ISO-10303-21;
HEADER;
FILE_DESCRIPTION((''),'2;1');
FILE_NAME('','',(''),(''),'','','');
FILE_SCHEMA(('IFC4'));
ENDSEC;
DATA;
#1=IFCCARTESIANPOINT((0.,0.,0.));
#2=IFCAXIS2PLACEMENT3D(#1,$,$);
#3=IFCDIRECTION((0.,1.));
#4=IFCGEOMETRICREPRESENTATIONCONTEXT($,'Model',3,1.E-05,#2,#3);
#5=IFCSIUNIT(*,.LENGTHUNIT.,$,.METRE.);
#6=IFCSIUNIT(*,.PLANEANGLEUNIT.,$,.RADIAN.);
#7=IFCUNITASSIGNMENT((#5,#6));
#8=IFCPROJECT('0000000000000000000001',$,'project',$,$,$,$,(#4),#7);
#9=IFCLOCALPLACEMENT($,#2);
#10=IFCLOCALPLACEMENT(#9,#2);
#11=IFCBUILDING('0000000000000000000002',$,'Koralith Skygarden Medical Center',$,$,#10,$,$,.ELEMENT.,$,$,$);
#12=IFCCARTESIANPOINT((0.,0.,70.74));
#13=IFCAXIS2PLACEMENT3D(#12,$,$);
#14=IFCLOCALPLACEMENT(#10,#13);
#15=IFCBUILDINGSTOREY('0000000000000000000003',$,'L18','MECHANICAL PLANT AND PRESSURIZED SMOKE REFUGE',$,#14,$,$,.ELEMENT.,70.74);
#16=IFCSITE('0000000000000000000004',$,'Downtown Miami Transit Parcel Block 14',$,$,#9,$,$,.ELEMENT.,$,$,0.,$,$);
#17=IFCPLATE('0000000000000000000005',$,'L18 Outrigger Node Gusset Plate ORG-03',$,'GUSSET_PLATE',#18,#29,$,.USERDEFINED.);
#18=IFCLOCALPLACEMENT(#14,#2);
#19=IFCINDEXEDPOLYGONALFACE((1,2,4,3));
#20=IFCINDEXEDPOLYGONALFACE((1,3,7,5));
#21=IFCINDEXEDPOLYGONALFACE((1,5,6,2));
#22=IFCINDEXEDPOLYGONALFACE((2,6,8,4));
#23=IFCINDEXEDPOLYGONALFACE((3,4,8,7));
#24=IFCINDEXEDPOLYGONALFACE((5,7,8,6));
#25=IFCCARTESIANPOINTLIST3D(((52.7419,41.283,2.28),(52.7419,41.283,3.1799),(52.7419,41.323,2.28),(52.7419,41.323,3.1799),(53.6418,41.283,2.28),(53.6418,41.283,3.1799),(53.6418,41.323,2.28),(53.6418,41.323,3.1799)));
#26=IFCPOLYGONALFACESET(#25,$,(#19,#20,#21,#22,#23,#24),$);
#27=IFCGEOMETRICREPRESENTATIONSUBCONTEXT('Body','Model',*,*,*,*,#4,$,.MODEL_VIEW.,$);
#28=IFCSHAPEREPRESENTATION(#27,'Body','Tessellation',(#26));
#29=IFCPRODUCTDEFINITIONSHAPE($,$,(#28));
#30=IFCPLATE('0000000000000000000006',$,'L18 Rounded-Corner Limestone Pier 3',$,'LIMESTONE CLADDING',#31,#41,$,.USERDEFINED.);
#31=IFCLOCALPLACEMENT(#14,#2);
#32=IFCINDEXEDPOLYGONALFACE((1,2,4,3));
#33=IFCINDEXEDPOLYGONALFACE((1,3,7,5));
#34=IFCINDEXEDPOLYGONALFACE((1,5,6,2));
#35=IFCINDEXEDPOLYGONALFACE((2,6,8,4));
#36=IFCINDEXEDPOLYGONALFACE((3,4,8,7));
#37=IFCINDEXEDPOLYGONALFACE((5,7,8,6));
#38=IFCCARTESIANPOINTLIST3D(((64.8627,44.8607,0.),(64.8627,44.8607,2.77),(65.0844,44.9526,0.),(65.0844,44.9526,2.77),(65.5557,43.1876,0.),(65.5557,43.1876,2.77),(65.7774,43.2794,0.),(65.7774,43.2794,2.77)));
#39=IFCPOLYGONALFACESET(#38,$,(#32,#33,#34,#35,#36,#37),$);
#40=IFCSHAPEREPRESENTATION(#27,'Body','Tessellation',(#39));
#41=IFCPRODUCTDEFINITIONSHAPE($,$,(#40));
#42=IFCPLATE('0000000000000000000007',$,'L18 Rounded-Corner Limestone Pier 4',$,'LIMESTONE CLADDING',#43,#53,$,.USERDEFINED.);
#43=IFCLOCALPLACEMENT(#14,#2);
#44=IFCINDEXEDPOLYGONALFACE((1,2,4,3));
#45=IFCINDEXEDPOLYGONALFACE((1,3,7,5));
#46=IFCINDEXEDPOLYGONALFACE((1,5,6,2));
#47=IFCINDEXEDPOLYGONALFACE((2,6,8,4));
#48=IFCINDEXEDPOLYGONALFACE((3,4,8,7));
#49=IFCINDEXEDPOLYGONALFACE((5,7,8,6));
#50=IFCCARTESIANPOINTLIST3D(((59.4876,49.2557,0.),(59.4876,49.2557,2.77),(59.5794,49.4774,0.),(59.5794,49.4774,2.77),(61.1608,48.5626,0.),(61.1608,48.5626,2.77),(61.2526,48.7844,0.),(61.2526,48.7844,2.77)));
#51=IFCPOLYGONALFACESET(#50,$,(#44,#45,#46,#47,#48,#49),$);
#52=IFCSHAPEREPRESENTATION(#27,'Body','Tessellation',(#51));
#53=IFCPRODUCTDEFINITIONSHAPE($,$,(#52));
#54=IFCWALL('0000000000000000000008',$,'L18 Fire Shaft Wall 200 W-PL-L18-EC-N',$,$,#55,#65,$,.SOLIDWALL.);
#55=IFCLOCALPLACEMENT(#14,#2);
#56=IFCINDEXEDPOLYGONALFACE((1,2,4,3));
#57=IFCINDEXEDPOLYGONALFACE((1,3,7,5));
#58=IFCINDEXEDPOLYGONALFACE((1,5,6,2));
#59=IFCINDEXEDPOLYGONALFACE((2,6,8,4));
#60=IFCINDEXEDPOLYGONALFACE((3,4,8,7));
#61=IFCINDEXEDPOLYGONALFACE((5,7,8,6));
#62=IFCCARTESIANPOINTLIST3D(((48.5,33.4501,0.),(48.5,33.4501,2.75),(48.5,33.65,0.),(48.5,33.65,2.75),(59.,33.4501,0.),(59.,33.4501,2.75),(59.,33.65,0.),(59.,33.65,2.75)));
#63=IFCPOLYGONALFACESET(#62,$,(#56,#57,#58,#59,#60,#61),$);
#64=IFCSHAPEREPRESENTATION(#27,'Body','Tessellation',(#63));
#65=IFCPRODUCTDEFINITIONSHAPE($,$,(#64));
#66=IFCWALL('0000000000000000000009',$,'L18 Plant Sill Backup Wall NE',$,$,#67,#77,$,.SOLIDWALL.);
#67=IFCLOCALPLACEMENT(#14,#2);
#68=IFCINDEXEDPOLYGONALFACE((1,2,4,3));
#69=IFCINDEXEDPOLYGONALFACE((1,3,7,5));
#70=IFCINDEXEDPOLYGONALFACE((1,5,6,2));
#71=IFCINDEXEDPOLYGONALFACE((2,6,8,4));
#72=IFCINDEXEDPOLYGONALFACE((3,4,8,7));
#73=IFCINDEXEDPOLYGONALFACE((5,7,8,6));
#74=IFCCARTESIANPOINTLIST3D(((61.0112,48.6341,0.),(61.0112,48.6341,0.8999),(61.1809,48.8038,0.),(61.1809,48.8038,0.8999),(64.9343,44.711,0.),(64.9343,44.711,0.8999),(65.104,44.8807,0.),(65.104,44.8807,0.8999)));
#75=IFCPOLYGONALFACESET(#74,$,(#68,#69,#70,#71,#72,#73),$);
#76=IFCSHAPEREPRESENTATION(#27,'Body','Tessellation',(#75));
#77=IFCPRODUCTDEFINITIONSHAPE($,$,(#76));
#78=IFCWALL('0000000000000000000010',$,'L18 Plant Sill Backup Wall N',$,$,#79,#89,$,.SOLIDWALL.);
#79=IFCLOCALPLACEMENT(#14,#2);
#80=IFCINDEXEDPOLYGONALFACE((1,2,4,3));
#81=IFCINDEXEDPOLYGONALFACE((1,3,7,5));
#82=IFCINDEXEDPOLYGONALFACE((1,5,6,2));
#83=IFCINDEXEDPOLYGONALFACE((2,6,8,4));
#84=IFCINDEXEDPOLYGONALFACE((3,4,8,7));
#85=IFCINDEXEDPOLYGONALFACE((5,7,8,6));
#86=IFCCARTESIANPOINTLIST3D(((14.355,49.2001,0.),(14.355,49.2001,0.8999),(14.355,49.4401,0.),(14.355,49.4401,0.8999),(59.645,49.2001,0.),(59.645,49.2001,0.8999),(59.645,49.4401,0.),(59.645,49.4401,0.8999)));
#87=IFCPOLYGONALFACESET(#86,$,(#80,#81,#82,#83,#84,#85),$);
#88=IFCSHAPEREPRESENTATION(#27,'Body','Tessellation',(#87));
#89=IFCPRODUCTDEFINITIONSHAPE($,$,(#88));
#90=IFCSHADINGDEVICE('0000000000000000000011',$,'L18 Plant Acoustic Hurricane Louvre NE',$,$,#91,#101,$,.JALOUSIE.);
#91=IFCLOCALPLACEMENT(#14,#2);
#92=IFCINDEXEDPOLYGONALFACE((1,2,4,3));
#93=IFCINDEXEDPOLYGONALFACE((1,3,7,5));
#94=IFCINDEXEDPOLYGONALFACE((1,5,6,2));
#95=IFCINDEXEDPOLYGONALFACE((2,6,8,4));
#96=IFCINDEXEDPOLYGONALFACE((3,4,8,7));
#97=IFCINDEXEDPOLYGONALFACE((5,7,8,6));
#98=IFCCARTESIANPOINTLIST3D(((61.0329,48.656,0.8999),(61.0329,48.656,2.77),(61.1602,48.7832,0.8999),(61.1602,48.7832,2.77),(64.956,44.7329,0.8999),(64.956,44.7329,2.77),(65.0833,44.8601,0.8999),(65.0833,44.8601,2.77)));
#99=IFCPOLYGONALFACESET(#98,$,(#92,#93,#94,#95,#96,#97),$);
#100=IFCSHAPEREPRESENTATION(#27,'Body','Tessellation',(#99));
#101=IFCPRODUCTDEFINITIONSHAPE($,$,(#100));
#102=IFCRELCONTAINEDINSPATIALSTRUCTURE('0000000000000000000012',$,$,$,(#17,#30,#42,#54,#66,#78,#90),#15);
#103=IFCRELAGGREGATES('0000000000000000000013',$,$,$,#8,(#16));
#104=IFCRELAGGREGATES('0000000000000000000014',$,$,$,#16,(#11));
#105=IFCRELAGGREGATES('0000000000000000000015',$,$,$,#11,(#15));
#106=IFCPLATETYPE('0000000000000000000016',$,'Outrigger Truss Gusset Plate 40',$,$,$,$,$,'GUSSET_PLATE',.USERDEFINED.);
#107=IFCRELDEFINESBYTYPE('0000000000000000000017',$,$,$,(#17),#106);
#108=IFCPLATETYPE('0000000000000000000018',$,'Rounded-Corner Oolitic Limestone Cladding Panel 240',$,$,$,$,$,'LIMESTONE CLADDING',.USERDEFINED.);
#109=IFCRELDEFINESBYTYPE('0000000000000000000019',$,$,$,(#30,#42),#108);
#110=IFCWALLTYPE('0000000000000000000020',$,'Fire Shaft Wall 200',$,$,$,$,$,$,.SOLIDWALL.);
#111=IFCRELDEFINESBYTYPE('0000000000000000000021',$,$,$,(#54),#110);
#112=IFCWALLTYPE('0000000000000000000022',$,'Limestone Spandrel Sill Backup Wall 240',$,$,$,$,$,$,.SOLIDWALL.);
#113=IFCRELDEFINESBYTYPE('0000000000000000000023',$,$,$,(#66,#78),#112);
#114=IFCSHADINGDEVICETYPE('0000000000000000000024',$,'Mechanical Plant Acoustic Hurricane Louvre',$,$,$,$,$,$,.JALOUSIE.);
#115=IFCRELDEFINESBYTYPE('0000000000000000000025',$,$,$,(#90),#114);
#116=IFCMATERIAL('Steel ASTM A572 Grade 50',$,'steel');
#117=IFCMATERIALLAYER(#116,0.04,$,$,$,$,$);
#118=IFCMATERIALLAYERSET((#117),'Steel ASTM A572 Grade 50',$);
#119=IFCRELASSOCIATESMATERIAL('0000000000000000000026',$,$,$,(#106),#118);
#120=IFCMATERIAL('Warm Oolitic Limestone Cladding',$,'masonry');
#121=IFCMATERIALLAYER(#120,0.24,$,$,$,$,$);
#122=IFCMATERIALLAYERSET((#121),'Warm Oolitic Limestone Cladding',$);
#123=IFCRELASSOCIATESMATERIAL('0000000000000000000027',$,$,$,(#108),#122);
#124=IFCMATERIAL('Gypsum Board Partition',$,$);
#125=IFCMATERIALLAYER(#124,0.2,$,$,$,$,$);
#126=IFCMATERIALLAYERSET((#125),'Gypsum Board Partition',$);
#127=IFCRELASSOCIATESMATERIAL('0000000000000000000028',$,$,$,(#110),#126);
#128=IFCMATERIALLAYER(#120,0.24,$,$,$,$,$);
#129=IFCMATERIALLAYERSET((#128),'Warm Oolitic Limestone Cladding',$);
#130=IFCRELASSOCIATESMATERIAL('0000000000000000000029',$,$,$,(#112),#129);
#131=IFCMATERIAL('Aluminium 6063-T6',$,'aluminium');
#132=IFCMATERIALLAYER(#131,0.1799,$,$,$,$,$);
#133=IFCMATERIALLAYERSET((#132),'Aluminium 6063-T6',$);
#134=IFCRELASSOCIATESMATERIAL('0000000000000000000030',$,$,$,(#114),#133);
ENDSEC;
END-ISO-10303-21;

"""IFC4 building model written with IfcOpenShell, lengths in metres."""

from ifc_helpers import new_model, si_unit, direction, frame, frame_2d, origin, origin_2d, place, context, subcontext, project, spatial, rectangle, extrude, material, layer, layer_set, type_object, element, save


model = new_model("IFC4")

# Units and contexts
model_context = context("Model", 3, precision=1e-05, world=origin(), true_north=direction((0.0, 1.0)))
body_context = subcontext(model_context, "Body", "Model", "MODEL_VIEW")
ifc_project = project(units=[si_unit("LENGTHUNIT", "METRE"), si_unit("PLANEANGLEUNIT", "RADIAN")], contexts=[model_context])

# Site, building, storey
site_placement = place(None, origin())
site = spatial("IfcSite", under=ifc_project, at=site_placement, Name="Downtown Miami Transit Parcel Block 14", CompositionType="ELEMENT", RefElevation=0.0)
building_placement = place(site_placement, origin())
building = spatial("IfcBuilding", under=site, at=building_placement, Name="Koralith Skygarden Medical Center", CompositionType="ELEMENT")
storey_placement = place(building_placement, frame((0.0, 0.0, 70.74)))
storey = spatial("IfcBuildingStorey", under=building, at=storey_placement, Name="L18", Description="MECHANICAL PLANT AND PRESSURIZED SMOKE REFUGE", CompositionType="ELEMENT", Elevation=70.74)

# Plates
ifc_material_1 = material(Name="Steel ASTM A572 Grade 50", Category="steel")
ifc_layer_1 = layer(ifc_material_1, 0.04)
ifc_layer_set_1 = layer_set([ifc_layer_1], Name="Steel ASTM A572 Grade 50")
plate_type_1 = type_object("IfcPlateType", Name="Outrigger Truss Gusset Plate 40", ElementType="GUSSET_PLATE", PredefinedType="USERDEFINED", material=ifc_layer_set_1)
plate_placement = place(storey_placement, frame((53.1919, 41.303, 2.28), z_axis=(0.0, 0.0, 1.0), x_axis=(1.0, 0.0, 0.0)))
element("IfcPlate", 1, at=plate_placement, inside=storey, type_object=plate_type_1, Name="L18 Outrigger Node Gusset Plate ORG-03", ObjectType="GUSSET_PLATE", PredefinedType="USERDEFINED", context=body_context, shape_type="SweptSolid", body=[
    extrude(rectangle(XDim=0.8999, YDim=0.04, at=origin_2d()), origin(), (0.0, 0.0, 1.0), 0.8999),
])
ifc_material_2 = material(Name="Warm Oolitic Limestone Cladding", Category="masonry")
ifc_layer_2 = layer(ifc_material_2, 0.24)
ifc_layer_set_2 = layer_set([ifc_layer_2], Name="Warm Oolitic Limestone Cladding")
plate_type_2 = type_object("IfcPlateType", Name="Rounded-Corner Oolitic Limestone Cladding Panel 240", ElementType="LIMESTONE CLADDING", PredefinedType="USERDEFINED", material=ifc_layer_set_2)
for number, where, z_axis, x_axis, name in (
    (2, (65.3201, 44.0701, 0.0), (0.0, 0.0, 1.0), (-0.382671, 0.923885, 0.0), "L18 Rounded-Corner Limestone Pier 3"),
    (3, (60.3701, 49.02, 0.0), (0.0, 0.0, 1.0), (-0.923885, 0.382671, 0.0), "L18 Rounded-Corner Limestone Pier 4"),
):
    element("IfcPlate", number, at=place(storey_placement, frame(where, z_axis=z_axis, x_axis=x_axis)), inside=storey, type_object=plate_type_2, Name=name, ObjectType="LIMESTONE CLADDING", PredefinedType="USERDEFINED", context=body_context, shape_type="SweptSolid", body=[
        extrude(rectangle(XDim=1.811, YDim=0.24, at=origin_2d()), origin(), (0.0, 0.0, 1.0), 2.77),
    ])

# Walls
ifc_material_3 = material(Name="Gypsum Board Partition")
ifc_layer_3 = layer(ifc_material_3, 0.2)
ifc_layer_set_3 = layer_set([ifc_layer_3], Name="Gypsum Board Partition")
wall_type_1 = type_object("IfcWallType", Name="Fire Shaft Wall 200", PredefinedType="SOLIDWALL", material=ifc_layer_set_3)
wall_1_placement = place(storey_placement, frame((48.5, 33.55, 0.0), z_axis=(0.0, 0.0, 1.0), x_axis=(1.0, 0.0, 0.0)))
element("IfcWall", 4, at=wall_1_placement, inside=storey, type_object=wall_type_1, Name="L18 Fire Shaft Wall 200 W-PL-L18-EC-N", PredefinedType="SOLIDWALL", context=body_context, shape_type="SweptSolid", body=[
    extrude(rectangle(XDim=10.5, YDim=0.2, at=frame_2d((5.25, 0.0))), origin(), (0.0, 0.0, 1.0), 2.75),
])
ifc_layer_4 = layer(ifc_material_2, 0.24)
ifc_layer_set_4 = layer_set([ifc_layer_4], Name="Warm Oolitic Limestone Cladding")
wall_type_2 = type_object("IfcWallType", Name="Limestone Spandrel Sill Backup Wall 240", PredefinedType="SOLIDWALL", material=ifc_layer_set_4)
wall_2_placement = place(storey_placement, frame((65.019, 44.7959, 0.0), z_axis=(0.0, 0.0, 1.0), x_axis=(-0.707107, 0.707107, 0.0)))
element("IfcWall", 5, at=wall_2_placement, inside=storey, type_object=wall_type_2, Name="L18 Plant Sill Backup Wall NE", PredefinedType="SOLIDWALL", context=body_context, shape_type="SweptSolid", body=[
    extrude(rectangle(XDim=5.5481, YDim=0.24, at=frame_2d((2.7739, 0.0))), origin(), (0.0, 0.0, 1.0), 0.8999),
])
wall_3_placement = place(storey_placement, frame((59.645, 49.3201, 0.0), z_axis=(0.0, 0.0, 1.0), x_axis=(-1.0, 0.0, 0.0)))
element("IfcWall", 6, at=wall_3_placement, inside=storey, type_object=wall_type_2, Name="L18 Plant Sill Backup Wall N", PredefinedType="SOLIDWALL", context=body_context, shape_type="SweptSolid", body=[
    extrude(rectangle(XDim=45.29, YDim=0.24, at=frame_2d((22.645, 0.0))), origin(), (0.0, 0.0, 1.0), 0.8999),
])

# Shading device
ifc_material_4 = material(Name="Aluminium 6063-T6", Category="aluminium")
ifc_layer_5 = layer(ifc_material_4, 0.1799)
ifc_layer_set_5 = layer_set([ifc_layer_5], Name="Aluminium 6063-T6")
shading_device_type = type_object("IfcShadingDeviceType", Name="Mechanical Plant Acoustic Hurricane Louvre", PredefinedType="JALOUSIE", material=ifc_layer_set_5)
shading_device_placement = place(storey_placement, frame((63.0581, 46.7581, 0.8999), z_axis=(0.0, 0.0, 1.0), x_axis=(-0.707107, 0.707107, 0.0)))
element("IfcShadingDevice", 7, at=shading_device_placement, inside=storey, type_object=shading_device_type, Name="L18 Plant Acoustic Hurricane Louvre NE", PredefinedType="JALOUSIE", context=body_context, shape_type="SweptSolid", body=[
    extrude(rectangle(XDim=5.5481, YDim=0.1799, at=origin_2d()), origin(), (0.0, 0.0, 1.0), 1.8701),
])

save(model, "model.ifc")
